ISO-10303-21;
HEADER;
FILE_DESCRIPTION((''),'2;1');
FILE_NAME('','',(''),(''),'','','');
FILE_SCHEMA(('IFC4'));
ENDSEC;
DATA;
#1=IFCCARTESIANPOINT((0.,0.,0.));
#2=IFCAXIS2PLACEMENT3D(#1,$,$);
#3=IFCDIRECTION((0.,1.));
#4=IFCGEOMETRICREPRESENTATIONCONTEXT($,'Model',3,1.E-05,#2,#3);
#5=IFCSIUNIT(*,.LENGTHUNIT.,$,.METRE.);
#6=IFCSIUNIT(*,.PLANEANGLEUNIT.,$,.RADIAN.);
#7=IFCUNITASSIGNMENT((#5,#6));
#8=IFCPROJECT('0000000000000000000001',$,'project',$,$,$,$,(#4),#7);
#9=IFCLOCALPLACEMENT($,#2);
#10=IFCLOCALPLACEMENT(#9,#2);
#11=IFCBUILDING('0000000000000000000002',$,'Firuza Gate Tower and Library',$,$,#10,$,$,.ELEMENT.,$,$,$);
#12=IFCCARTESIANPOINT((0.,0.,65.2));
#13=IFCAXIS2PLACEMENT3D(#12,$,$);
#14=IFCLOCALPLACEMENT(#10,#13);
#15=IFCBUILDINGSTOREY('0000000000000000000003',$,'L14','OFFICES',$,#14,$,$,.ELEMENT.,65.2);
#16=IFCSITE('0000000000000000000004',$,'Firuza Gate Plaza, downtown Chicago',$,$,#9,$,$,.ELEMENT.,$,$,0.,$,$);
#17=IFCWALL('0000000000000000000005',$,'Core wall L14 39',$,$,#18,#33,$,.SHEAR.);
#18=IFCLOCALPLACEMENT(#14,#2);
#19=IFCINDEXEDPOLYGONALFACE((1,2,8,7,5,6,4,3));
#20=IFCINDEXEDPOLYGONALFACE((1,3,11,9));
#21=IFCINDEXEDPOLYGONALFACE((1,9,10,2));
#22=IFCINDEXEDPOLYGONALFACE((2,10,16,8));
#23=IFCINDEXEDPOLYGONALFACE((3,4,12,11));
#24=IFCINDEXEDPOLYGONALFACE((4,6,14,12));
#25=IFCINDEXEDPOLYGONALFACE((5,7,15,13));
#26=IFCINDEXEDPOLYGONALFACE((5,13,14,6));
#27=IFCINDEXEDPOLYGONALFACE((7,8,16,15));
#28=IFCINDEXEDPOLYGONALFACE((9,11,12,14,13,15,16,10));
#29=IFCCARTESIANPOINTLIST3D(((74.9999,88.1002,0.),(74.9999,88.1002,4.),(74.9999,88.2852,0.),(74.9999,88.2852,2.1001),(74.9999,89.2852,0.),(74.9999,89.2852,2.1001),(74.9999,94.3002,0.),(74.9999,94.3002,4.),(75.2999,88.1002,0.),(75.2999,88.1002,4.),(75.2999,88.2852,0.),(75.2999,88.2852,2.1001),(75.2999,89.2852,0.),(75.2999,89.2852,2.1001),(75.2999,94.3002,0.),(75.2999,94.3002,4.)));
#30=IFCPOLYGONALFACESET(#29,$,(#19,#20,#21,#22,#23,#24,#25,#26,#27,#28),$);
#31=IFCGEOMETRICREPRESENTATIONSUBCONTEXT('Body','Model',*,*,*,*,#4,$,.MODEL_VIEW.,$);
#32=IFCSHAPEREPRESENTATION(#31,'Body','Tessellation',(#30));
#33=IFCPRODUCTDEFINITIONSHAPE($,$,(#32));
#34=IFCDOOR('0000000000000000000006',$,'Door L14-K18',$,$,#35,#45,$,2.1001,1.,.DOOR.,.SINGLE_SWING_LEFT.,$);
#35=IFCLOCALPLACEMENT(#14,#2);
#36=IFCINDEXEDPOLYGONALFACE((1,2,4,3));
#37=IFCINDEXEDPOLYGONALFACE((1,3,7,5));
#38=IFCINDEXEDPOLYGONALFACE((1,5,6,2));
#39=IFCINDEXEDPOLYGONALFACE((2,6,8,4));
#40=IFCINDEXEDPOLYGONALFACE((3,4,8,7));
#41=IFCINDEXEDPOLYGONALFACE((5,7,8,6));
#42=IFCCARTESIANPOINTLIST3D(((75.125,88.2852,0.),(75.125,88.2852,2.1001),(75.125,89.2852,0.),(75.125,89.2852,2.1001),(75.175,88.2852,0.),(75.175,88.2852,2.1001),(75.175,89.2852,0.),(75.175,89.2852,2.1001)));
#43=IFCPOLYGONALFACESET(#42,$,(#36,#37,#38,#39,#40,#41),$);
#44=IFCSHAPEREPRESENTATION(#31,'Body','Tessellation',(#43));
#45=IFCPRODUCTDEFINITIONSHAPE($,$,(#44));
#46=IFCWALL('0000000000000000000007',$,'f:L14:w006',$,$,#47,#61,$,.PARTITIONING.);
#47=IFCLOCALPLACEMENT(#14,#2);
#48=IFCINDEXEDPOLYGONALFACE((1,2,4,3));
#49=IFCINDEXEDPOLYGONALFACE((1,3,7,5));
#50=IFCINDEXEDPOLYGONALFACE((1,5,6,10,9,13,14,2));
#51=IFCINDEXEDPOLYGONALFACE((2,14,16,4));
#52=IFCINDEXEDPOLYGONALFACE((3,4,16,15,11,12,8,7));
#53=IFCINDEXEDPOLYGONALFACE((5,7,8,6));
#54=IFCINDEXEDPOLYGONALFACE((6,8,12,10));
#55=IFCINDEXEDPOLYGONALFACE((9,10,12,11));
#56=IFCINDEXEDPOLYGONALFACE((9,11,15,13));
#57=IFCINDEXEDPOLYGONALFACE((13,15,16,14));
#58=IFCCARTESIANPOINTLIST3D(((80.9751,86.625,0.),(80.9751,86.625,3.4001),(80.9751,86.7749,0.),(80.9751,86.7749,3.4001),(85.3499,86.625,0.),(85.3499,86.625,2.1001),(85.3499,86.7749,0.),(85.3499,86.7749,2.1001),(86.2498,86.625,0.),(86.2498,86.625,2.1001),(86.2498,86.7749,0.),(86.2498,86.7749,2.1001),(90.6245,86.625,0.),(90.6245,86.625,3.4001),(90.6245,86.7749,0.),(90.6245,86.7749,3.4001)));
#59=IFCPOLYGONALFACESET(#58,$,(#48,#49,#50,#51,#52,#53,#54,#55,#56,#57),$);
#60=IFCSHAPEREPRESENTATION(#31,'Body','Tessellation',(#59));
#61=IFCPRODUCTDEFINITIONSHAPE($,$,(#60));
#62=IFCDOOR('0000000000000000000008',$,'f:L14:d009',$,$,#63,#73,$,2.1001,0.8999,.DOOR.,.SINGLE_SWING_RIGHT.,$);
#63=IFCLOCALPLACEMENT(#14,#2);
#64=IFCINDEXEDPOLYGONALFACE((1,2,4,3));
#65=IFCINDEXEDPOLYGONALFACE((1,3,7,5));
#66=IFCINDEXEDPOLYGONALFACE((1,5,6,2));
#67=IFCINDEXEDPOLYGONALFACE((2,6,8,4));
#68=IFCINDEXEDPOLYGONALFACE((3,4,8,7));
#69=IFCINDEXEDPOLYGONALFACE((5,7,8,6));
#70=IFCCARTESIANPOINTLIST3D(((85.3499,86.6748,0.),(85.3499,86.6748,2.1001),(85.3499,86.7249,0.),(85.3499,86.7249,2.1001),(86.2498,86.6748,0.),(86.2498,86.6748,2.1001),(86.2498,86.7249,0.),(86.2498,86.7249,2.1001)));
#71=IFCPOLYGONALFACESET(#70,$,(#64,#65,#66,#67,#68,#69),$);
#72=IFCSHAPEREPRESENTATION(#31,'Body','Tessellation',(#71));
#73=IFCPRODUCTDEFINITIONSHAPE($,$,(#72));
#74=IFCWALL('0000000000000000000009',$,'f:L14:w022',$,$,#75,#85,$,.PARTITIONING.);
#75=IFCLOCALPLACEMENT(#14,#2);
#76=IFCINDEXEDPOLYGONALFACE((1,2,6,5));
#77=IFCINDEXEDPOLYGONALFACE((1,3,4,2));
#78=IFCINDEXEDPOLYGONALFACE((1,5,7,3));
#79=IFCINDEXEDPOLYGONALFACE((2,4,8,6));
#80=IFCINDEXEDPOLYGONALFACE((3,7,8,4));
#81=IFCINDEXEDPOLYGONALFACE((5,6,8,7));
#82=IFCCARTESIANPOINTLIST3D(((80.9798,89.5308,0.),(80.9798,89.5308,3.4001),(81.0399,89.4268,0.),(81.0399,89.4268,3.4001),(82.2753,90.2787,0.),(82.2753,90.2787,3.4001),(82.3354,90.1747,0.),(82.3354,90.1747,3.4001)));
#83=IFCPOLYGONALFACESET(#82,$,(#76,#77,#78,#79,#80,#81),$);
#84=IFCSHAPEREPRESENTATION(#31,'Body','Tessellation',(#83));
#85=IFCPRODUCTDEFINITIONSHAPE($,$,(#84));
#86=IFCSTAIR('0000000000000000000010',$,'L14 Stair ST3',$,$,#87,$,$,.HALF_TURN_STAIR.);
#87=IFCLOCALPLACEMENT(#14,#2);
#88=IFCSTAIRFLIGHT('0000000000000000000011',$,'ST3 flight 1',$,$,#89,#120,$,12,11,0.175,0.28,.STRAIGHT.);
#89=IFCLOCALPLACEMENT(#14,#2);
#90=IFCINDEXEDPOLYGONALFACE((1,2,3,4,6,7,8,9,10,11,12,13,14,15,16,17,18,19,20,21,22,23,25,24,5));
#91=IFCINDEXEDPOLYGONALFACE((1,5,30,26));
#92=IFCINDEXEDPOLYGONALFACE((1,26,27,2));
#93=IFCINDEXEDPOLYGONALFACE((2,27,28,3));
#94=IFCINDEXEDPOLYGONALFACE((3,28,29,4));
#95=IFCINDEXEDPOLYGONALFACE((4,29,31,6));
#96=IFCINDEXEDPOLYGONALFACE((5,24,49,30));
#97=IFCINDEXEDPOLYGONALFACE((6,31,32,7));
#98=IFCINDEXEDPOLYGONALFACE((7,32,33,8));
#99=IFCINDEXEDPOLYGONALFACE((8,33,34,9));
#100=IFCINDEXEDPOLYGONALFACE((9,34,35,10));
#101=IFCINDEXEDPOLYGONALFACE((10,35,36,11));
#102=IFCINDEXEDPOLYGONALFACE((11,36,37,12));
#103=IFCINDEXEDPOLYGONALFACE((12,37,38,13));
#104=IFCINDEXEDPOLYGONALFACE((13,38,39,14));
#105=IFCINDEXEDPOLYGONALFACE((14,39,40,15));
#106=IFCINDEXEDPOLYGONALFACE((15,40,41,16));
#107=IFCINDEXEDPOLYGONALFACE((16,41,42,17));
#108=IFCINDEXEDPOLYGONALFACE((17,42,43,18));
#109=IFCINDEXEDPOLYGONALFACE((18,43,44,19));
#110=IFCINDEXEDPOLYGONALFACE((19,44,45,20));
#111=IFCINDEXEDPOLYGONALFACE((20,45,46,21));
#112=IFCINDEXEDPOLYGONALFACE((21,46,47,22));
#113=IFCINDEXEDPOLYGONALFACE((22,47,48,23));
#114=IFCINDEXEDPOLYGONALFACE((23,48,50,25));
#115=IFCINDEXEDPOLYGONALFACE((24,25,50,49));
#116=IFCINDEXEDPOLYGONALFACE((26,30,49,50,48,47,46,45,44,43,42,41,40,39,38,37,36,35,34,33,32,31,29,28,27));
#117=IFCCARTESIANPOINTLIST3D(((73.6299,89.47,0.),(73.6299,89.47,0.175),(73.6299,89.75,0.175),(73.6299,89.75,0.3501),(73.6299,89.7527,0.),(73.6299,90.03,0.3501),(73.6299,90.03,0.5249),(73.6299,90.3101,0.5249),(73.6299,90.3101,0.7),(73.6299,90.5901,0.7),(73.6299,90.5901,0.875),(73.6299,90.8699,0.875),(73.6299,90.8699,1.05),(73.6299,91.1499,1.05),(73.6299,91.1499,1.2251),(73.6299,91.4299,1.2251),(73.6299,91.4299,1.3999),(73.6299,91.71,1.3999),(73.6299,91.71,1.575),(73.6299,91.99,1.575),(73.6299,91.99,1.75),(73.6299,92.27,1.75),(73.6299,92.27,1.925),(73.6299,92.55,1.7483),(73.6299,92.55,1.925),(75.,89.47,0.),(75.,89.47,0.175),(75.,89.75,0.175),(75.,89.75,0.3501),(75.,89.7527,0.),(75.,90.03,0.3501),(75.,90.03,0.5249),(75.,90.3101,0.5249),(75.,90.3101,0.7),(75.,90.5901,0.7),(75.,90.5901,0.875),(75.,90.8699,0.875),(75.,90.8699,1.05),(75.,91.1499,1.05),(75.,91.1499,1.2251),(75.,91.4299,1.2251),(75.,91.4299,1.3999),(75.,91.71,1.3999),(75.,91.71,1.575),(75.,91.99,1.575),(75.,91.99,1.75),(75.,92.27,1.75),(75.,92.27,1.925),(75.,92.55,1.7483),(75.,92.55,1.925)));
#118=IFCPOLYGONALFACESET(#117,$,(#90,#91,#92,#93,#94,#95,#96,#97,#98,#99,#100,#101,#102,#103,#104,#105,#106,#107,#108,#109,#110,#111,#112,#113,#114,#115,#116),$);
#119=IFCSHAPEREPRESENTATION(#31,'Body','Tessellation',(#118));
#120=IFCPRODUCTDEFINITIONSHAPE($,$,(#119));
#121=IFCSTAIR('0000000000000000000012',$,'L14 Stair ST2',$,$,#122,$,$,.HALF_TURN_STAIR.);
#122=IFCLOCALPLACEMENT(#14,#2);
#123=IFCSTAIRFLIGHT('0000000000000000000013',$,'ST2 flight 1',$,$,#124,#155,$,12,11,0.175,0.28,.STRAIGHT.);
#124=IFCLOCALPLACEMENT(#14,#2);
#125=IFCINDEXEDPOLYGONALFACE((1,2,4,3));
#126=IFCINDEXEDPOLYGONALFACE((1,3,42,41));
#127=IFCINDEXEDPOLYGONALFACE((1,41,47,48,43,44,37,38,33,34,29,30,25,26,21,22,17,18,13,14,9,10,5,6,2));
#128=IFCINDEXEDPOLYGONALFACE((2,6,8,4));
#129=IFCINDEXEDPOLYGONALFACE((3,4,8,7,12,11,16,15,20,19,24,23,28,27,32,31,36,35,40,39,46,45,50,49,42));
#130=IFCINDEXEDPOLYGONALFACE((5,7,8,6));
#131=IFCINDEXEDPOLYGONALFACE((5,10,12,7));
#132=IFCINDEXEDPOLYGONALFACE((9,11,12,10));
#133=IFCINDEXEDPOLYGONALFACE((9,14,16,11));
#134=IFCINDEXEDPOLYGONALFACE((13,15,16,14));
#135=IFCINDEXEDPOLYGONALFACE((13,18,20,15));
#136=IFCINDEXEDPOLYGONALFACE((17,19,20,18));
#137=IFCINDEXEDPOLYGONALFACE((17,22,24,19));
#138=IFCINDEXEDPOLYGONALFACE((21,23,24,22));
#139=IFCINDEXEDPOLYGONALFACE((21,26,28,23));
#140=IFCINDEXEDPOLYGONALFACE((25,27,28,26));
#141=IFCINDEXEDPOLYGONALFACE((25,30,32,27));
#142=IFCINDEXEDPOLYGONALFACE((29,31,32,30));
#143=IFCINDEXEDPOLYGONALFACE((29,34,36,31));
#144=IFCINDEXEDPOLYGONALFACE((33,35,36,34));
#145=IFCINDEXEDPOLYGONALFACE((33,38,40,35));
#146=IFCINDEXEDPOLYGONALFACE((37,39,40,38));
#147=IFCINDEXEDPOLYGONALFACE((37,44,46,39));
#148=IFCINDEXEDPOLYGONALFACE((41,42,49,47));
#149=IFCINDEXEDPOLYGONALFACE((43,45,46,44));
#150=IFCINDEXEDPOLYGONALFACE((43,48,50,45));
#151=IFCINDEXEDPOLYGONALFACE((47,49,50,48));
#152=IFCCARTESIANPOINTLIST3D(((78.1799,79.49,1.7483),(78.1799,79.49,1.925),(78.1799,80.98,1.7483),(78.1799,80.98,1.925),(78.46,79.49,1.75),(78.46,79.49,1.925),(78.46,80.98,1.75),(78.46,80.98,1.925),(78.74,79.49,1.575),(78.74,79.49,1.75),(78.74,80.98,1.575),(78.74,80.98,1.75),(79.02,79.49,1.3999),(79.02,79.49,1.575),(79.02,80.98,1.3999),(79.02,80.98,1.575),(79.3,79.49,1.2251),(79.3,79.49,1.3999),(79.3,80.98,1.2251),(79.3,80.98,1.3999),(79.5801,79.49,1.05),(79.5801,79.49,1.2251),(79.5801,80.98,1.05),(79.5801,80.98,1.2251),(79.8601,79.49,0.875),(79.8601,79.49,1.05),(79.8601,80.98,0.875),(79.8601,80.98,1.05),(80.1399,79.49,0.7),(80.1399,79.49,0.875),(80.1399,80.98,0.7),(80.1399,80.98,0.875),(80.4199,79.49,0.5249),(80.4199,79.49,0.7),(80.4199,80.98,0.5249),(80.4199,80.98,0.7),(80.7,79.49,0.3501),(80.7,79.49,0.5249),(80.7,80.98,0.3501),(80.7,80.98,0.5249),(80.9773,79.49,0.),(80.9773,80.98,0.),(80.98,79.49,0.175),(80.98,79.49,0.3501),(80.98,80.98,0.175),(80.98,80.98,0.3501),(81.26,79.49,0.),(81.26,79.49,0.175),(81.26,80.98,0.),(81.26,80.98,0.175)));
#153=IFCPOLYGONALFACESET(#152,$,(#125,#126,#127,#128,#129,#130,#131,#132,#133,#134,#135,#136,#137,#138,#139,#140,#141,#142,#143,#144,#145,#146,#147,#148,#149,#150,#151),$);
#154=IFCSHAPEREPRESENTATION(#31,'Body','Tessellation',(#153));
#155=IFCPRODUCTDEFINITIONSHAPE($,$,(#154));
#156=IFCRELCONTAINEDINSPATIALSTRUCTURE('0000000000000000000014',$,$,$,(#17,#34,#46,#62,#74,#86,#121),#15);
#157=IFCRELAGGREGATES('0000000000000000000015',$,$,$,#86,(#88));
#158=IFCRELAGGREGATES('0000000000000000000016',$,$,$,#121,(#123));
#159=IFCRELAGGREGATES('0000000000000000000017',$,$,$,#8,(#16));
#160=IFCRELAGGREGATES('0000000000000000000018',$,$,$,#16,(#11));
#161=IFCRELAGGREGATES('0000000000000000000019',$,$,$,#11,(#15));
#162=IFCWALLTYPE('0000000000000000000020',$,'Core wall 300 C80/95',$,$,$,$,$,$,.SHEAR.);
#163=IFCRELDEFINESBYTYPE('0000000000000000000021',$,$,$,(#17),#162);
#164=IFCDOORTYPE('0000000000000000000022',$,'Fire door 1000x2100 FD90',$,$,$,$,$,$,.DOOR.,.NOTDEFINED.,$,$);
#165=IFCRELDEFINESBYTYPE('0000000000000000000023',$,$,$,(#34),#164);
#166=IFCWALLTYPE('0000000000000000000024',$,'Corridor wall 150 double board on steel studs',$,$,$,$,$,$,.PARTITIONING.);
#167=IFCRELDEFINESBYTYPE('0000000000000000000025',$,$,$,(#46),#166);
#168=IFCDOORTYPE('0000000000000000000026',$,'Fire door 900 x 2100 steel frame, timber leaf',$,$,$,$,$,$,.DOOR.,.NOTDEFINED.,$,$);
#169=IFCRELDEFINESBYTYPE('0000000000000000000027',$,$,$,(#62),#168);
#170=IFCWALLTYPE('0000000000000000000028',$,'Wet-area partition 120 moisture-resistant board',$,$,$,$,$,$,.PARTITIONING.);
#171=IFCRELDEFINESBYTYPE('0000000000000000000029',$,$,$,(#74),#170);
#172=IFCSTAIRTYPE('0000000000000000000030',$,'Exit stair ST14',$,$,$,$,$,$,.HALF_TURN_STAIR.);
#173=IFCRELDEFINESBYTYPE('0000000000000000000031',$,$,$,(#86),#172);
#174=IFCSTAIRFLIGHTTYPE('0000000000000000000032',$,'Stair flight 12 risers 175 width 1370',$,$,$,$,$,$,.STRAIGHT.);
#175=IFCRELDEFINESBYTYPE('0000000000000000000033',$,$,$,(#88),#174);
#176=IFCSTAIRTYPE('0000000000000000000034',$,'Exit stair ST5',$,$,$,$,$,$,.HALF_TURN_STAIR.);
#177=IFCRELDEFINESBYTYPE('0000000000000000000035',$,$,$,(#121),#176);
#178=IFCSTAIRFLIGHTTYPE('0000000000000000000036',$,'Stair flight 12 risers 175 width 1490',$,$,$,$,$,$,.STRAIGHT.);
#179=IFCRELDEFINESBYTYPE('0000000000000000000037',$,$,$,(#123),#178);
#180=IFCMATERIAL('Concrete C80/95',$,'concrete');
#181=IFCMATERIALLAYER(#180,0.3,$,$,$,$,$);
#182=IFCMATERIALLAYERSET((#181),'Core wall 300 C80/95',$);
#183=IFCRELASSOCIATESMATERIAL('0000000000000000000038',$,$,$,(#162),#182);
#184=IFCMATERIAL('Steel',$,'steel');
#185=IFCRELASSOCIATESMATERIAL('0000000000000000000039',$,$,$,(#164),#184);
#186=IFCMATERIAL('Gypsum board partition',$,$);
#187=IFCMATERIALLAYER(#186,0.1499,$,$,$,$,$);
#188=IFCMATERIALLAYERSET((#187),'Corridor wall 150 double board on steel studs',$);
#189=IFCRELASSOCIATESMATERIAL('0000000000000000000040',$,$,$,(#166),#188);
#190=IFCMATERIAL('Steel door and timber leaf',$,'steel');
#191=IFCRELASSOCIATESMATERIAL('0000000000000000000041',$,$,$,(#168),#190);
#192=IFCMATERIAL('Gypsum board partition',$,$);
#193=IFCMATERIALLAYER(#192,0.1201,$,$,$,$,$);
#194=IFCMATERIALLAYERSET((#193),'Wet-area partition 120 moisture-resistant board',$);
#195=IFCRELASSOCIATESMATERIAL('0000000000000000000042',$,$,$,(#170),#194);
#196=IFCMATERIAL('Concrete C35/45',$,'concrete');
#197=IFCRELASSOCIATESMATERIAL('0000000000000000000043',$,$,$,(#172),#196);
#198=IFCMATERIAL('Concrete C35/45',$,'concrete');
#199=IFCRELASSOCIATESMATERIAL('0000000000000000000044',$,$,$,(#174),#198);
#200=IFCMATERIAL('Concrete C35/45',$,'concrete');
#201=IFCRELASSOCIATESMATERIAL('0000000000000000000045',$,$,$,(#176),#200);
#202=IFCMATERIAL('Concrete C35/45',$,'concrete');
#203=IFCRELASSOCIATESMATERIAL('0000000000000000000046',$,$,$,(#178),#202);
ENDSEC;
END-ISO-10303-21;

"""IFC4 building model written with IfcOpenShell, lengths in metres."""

from ifc_helpers import new_model, si_unit, direction, frame, frame_2d, origin, place, context, subcontext, project, spatial, polyline, rectangle, outline, extrude, material, layer, layer_set, type_object, element, fill, aggregate, save


model = new_model("IFC4")

# Units and contexts
model_context = context("Model", 3, precision=1e-05, world=origin(), true_north=direction((0.0, 1.0)))
body_context = subcontext(model_context, "Body", "Model", "MODEL_VIEW")
ifc_project = project(units=[si_unit("LENGTHUNIT", "METRE"), si_unit("PLANEANGLEUNIT", "RADIAN")], contexts=[model_context])

# Site, building, storey
site_placement = place(None, origin())
site = spatial("IfcSite", under=ifc_project, at=site_placement, Name="Firuza Gate Plaza, downtown Chicago", CompositionType="ELEMENT", RefElevation=0.0)
building_placement = place(site_placement, origin())
building = spatial("IfcBuilding", under=site, at=building_placement, Name="Firuza Gate Tower and Library", CompositionType="ELEMENT")
storey_placement = place(building_placement, frame((0.0, 0.0, 65.2)))
storey = spatial("IfcBuildingStorey", under=building, at=storey_placement, Name="L14", Description="OFFICES", CompositionType="ELEMENT", Elevation=65.2)

# Shared definitions
ifc_material_1 = material(Name="Concrete C80/95", Category="concrete")
ifc_layer_1 = layer(ifc_material_1, 0.3)
ifc_layer_set_1 = layer_set([ifc_layer_1], Name="Core wall 300 C80/95")
wall_type_1 = type_object("IfcWallType", Name="Core wall 300 C80/95", PredefinedType="SHEAR", material=ifc_layer_set_1)

# Shared definitions
ifc_material_2 = material(Name="Steel", Category="steel")
door_type_1 = type_object("IfcDoorType", Name="Fire door 1000x2100 FD90", OperationType="NOTDEFINED", PredefinedType="DOOR", material=ifc_material_2)

# Walls, openings, doors
wall_1_placement = place(storey_placement, frame((75.1499, 88.1001, 0.0), z_axis=(0.0, 0.0, 1.0), x_axis=(0.0, 1.0, 0.0)))
wall_1 = element("IfcWall", 1, at=wall_1_placement, inside=storey, type_object=wall_type_1, Name="Core wall L14 39", PredefinedType="SHEAR", context=body_context, shape_type="SweptSolid", body=[
    extrude(rectangle(XDim=6.2, YDim=0.3, at=frame_2d((3.1001, 0.0))), origin(), (0.0, 0.0, 1.0), 4.0),
])
opening_1_placement = place(wall_1_placement, frame((0.1851, 0.0, 0.0)))
opening_1 = element("IfcOpeningElement", 2, at=opening_1_placement, cuts=wall_1, PredefinedType="OPENING", context=body_context, shape_type="SweptSolid", body=[
    extrude(rectangle(XDim=1.0, YDim=2.1001, at=frame_2d((0.5, 1.05))), frame((0.0, 0.1602, 0.0), z_axis=(0.0, -1.0, 0.0), x_axis=(1.0, 0.0, 0.0)), (0.0, 0.0, 1.0), 0.3201),
])
door_1_placement = place(opening_1_placement, origin())
door_1 = element("IfcDoor", 3, at=door_1_placement, inside=storey, type_object=door_type_1, Name="Door L14-K18", OperationType="SINGLE_SWING_LEFT", OverallHeight=2.1001, OverallWidth=1.0, PredefinedType="DOOR", context=body_context, shape_type="SweptSolid", body=[
    extrude(rectangle(XDim=1.0, YDim=2.1001, at=frame_2d((0.5, 1.05))), frame((0.0, 0.0249, 0.0), z_axis=(0.0, -1.0, 0.0), x_axis=(1.0, 0.0, 0.0)), (0.0, 0.0, 1.0), 0.05),
])
fill(opening_1, door_1)
ifc_material_3 = material(Name="Gypsum board partition")
ifc_layer_2 = layer(ifc_material_3, 0.1499)
ifc_layer_set_2 = layer_set([ifc_layer_2], Name="Corridor wall 150 double board on steel studs")
wall_type_2 = type_object("IfcWallType", Name="Corridor wall 150 double board on steel studs", PredefinedType="PARTITIONING", material=ifc_layer_set_2)
wall_2_placement = place(storey_placement, frame((80.9751, 86.7, 0.0), z_axis=(0.0, 0.0, 1.0), x_axis=(1.0, 0.0, 0.0)))
wall_2 = element("IfcWall", 4, at=wall_2_placement, inside=storey, type_object=wall_type_2, Name="f:L14:w006", PredefinedType="PARTITIONING", context=body_context, shape_type="SweptSolid", body=[
    extrude(rectangle(XDim=9.6494, YDim=0.1499, at=frame_2d((4.8247, 0.0))), origin(), (0.0, 0.0, 1.0), 3.4001),
])
opening_2_placement = place(wall_2_placement, frame((4.3748, 0.0, 0.0)))
opening_2 = element("IfcOpeningElement", 5, at=opening_2_placement, cuts=wall_2, PredefinedType="OPENING", context=body_context, shape_type="SweptSolid", body=[
    extrude(rectangle(XDim=0.8999, YDim=2.1001, at=frame_2d((0.45, 1.05))), frame((0.0, 0.085, 0.0), z_axis=(0.0, -1.0, 0.0), x_axis=(1.0, 0.0, 0.0)), (0.0, 0.0, 1.0), 0.1699),
])
ifc_material_4 = material(Name="Steel door and timber leaf", Category="steel")
door_type_2 = type_object("IfcDoorType", Name="Fire door 900 x 2100 steel frame, timber leaf", OperationType="NOTDEFINED", PredefinedType="DOOR", material=ifc_material_4)
door_2_placement = place(opening_2_placement, origin())
door_2 = element("IfcDoor", 6, at=door_2_placement, inside=storey, type_object=door_type_2, Name="f:L14:d009", OperationType="SINGLE_SWING_RIGHT", OverallHeight=2.1001, OverallWidth=0.8999, PredefinedType="DOOR", context=body_context, shape_type="SweptSolid", body=[
    extrude(rectangle(XDim=0.8999, YDim=2.1001, at=frame_2d((0.45, 1.05))), frame((0.0, 0.0249, 0.0), z_axis=(0.0, -1.0, 0.0), x_axis=(1.0, 0.0, 0.0)), (0.0, 0.0, 1.0), 0.05),
])
fill(opening_2, door_2)

# Wall
ifc_material_5 = material(Name="Gypsum board partition")
ifc_layer_3 = layer(ifc_material_5, 0.1201)
ifc_layer_set_3 = layer_set([ifc_layer_3], Name="Wet-area partition 120 moisture-resistant board")
wall_type_3 = type_object("IfcWallType", Name="Wet-area partition 120 moisture-resistant board", PredefinedType="PARTITIONING", material=ifc_layer_set_3)
wall_3_placement = place(storey_placement, frame((81.0098, 89.4788, 0.0), z_axis=(0.0, 0.0, 1.0), x_axis=(0.866055, 0.499949, 0.0)))
element("IfcWall", 7, at=wall_3_placement, inside=storey, type_object=wall_type_3, Name="f:L14:w022", PredefinedType="PARTITIONING", context=body_context, shape_type="SweptSolid", body=[
    extrude(rectangle(XDim=1.4958, YDim=0.1201, at=frame_2d((0.748, 0.0))), origin(), (0.0, 0.0, 1.0), 3.4001),
])

# Stair, stair flight
ifc_material_6 = material(Name="Concrete C35/45", Category="concrete")
stair_type_1 = type_object("IfcStairType", Name="Exit stair ST14", PredefinedType="HALF_TURN_STAIR", material=ifc_material_6)
placement = place(storey_placement, origin())
stair_1 = element("IfcStair", 8, at=placement, inside=storey, type_object=stair_type_1, Name="L14 Stair ST3", PredefinedType="HALF_TURN_STAIR")
ifc_material_7 = material(Name="Concrete C35/45", Category="concrete")
stair_flight_type_1 = type_object("IfcStairFlightType", Name="Stair flight 12 risers 175 width 1370", PredefinedType="STRAIGHT", material=ifc_material_7)
stair_flight_1_placement = place(storey_placement, frame((74.3149, 89.47, 0.0), z_axis=(0.0, 0.0, 1.0), x_axis=(0.0, 1.0, 0.0)))
stair_flight_1 = element("IfcStairFlight", 9, at=stair_flight_1_placement, type_object=stair_flight_type_1, Name="ST3 flight 1", NumberOfRisers=12, NumberOfTreads=11, PredefinedType="STRAIGHT", RiserHeight=0.175, TreadLength=0.28, context=body_context, shape_type="SweptSolid", body=[
    extrude(outline(polyline([(0.0, 0.0), (0.0, 0.175), (0.28, 0.175), (0.28, 0.3501), (0.5601, 0.3501), (0.5601, 0.5249), (0.8401, 0.5249), (0.8401, 0.7), (1.1201, 0.7), (1.1201, 0.875), (1.3999, 0.875), (1.3999, 1.05), (1.6799, 1.05), (1.6799, 1.2251), (1.96, 1.2251), (1.96, 1.3999), (2.24, 1.3999), (2.24, 1.575), (2.52, 1.575), (2.52, 1.75), (2.8, 1.75), (2.8, 1.925), (3.0801, 1.925), (3.0801, 2.1001), (3.0801, 1.7483), (0.2827, 0.0), (0.0, 0.0)])), frame((0.0, 0.6851, 0.0), z_axis=(0.0, -1.0, 0.0), x_axis=(1.0, 0.0, 0.0)), (0.0, 0.0, 1.0), 1.3701),
])
aggregate(stair_1, [stair_flight_1])

# Stair, stair flight
ifc_material_8 = material(Name="Concrete C35/45", Category="concrete")
stair_type_2 = type_object("IfcStairType", Name="Exit stair ST5", PredefinedType="HALF_TURN_STAIR", material=ifc_material_8)
stair_2 = element("IfcStair", 10, at=placement, inside=storey, type_object=stair_type_2, Name="L14 Stair ST2", PredefinedType="HALF_TURN_STAIR")
ifc_material_9 = material(Name="Concrete C35/45", Category="concrete")
stair_flight_type_2 = type_object("IfcStairFlightType", Name="Stair flight 12 risers 175 width 1490", PredefinedType="STRAIGHT", material=ifc_material_9)
stair_flight_2_placement = place(storey_placement, frame((81.26, 80.2351, 0.0), z_axis=(0.0, 0.0, 1.0), x_axis=(-1.0, 0.0, 0.0)))
stair_flight_2 = element("IfcStairFlight", 11, at=stair_flight_2_placement, type_object=stair_flight_type_2, Name="ST2 flight 1", NumberOfRisers=12, NumberOfTreads=11, PredefinedType="STRAIGHT", RiserHeight=0.175, TreadLength=0.28, context=body_context, shape_type="SweptSolid", body=[
    extrude(outline(polyline([(0.0, 0.0), (0.0, 0.175), (0.28, 0.175), (0.28, 0.3501), (0.5601, 0.3501), (0.5601, 0.5249), (0.8401, 0.5249), (0.8401, 0.7), (1.1201, 0.7), (1.1201, 0.875), (1.3999, 0.875), (1.3999, 1.05), (1.6799, 1.05), (1.6799, 1.2251), (1.96, 1.2251), (1.96, 1.3999), (2.24, 1.3999), (2.24, 1.575), (2.52, 1.575), (2.52, 1.75), (2.8, 1.75), (2.8, 1.925), (3.0801, 1.925), (3.0801, 2.1001), (3.0801, 1.7483), (0.2827, 0.0), (0.0, 0.0)])), frame((0.0, 0.7451, 0.0), z_axis=(0.0, -1.0, 0.0), x_axis=(1.0, 0.0, 0.0)), (0.0, 0.0, 1.0), 1.49),
])
aggregate(stair_2, [stair_flight_2])

save(model, "model.ifc")
